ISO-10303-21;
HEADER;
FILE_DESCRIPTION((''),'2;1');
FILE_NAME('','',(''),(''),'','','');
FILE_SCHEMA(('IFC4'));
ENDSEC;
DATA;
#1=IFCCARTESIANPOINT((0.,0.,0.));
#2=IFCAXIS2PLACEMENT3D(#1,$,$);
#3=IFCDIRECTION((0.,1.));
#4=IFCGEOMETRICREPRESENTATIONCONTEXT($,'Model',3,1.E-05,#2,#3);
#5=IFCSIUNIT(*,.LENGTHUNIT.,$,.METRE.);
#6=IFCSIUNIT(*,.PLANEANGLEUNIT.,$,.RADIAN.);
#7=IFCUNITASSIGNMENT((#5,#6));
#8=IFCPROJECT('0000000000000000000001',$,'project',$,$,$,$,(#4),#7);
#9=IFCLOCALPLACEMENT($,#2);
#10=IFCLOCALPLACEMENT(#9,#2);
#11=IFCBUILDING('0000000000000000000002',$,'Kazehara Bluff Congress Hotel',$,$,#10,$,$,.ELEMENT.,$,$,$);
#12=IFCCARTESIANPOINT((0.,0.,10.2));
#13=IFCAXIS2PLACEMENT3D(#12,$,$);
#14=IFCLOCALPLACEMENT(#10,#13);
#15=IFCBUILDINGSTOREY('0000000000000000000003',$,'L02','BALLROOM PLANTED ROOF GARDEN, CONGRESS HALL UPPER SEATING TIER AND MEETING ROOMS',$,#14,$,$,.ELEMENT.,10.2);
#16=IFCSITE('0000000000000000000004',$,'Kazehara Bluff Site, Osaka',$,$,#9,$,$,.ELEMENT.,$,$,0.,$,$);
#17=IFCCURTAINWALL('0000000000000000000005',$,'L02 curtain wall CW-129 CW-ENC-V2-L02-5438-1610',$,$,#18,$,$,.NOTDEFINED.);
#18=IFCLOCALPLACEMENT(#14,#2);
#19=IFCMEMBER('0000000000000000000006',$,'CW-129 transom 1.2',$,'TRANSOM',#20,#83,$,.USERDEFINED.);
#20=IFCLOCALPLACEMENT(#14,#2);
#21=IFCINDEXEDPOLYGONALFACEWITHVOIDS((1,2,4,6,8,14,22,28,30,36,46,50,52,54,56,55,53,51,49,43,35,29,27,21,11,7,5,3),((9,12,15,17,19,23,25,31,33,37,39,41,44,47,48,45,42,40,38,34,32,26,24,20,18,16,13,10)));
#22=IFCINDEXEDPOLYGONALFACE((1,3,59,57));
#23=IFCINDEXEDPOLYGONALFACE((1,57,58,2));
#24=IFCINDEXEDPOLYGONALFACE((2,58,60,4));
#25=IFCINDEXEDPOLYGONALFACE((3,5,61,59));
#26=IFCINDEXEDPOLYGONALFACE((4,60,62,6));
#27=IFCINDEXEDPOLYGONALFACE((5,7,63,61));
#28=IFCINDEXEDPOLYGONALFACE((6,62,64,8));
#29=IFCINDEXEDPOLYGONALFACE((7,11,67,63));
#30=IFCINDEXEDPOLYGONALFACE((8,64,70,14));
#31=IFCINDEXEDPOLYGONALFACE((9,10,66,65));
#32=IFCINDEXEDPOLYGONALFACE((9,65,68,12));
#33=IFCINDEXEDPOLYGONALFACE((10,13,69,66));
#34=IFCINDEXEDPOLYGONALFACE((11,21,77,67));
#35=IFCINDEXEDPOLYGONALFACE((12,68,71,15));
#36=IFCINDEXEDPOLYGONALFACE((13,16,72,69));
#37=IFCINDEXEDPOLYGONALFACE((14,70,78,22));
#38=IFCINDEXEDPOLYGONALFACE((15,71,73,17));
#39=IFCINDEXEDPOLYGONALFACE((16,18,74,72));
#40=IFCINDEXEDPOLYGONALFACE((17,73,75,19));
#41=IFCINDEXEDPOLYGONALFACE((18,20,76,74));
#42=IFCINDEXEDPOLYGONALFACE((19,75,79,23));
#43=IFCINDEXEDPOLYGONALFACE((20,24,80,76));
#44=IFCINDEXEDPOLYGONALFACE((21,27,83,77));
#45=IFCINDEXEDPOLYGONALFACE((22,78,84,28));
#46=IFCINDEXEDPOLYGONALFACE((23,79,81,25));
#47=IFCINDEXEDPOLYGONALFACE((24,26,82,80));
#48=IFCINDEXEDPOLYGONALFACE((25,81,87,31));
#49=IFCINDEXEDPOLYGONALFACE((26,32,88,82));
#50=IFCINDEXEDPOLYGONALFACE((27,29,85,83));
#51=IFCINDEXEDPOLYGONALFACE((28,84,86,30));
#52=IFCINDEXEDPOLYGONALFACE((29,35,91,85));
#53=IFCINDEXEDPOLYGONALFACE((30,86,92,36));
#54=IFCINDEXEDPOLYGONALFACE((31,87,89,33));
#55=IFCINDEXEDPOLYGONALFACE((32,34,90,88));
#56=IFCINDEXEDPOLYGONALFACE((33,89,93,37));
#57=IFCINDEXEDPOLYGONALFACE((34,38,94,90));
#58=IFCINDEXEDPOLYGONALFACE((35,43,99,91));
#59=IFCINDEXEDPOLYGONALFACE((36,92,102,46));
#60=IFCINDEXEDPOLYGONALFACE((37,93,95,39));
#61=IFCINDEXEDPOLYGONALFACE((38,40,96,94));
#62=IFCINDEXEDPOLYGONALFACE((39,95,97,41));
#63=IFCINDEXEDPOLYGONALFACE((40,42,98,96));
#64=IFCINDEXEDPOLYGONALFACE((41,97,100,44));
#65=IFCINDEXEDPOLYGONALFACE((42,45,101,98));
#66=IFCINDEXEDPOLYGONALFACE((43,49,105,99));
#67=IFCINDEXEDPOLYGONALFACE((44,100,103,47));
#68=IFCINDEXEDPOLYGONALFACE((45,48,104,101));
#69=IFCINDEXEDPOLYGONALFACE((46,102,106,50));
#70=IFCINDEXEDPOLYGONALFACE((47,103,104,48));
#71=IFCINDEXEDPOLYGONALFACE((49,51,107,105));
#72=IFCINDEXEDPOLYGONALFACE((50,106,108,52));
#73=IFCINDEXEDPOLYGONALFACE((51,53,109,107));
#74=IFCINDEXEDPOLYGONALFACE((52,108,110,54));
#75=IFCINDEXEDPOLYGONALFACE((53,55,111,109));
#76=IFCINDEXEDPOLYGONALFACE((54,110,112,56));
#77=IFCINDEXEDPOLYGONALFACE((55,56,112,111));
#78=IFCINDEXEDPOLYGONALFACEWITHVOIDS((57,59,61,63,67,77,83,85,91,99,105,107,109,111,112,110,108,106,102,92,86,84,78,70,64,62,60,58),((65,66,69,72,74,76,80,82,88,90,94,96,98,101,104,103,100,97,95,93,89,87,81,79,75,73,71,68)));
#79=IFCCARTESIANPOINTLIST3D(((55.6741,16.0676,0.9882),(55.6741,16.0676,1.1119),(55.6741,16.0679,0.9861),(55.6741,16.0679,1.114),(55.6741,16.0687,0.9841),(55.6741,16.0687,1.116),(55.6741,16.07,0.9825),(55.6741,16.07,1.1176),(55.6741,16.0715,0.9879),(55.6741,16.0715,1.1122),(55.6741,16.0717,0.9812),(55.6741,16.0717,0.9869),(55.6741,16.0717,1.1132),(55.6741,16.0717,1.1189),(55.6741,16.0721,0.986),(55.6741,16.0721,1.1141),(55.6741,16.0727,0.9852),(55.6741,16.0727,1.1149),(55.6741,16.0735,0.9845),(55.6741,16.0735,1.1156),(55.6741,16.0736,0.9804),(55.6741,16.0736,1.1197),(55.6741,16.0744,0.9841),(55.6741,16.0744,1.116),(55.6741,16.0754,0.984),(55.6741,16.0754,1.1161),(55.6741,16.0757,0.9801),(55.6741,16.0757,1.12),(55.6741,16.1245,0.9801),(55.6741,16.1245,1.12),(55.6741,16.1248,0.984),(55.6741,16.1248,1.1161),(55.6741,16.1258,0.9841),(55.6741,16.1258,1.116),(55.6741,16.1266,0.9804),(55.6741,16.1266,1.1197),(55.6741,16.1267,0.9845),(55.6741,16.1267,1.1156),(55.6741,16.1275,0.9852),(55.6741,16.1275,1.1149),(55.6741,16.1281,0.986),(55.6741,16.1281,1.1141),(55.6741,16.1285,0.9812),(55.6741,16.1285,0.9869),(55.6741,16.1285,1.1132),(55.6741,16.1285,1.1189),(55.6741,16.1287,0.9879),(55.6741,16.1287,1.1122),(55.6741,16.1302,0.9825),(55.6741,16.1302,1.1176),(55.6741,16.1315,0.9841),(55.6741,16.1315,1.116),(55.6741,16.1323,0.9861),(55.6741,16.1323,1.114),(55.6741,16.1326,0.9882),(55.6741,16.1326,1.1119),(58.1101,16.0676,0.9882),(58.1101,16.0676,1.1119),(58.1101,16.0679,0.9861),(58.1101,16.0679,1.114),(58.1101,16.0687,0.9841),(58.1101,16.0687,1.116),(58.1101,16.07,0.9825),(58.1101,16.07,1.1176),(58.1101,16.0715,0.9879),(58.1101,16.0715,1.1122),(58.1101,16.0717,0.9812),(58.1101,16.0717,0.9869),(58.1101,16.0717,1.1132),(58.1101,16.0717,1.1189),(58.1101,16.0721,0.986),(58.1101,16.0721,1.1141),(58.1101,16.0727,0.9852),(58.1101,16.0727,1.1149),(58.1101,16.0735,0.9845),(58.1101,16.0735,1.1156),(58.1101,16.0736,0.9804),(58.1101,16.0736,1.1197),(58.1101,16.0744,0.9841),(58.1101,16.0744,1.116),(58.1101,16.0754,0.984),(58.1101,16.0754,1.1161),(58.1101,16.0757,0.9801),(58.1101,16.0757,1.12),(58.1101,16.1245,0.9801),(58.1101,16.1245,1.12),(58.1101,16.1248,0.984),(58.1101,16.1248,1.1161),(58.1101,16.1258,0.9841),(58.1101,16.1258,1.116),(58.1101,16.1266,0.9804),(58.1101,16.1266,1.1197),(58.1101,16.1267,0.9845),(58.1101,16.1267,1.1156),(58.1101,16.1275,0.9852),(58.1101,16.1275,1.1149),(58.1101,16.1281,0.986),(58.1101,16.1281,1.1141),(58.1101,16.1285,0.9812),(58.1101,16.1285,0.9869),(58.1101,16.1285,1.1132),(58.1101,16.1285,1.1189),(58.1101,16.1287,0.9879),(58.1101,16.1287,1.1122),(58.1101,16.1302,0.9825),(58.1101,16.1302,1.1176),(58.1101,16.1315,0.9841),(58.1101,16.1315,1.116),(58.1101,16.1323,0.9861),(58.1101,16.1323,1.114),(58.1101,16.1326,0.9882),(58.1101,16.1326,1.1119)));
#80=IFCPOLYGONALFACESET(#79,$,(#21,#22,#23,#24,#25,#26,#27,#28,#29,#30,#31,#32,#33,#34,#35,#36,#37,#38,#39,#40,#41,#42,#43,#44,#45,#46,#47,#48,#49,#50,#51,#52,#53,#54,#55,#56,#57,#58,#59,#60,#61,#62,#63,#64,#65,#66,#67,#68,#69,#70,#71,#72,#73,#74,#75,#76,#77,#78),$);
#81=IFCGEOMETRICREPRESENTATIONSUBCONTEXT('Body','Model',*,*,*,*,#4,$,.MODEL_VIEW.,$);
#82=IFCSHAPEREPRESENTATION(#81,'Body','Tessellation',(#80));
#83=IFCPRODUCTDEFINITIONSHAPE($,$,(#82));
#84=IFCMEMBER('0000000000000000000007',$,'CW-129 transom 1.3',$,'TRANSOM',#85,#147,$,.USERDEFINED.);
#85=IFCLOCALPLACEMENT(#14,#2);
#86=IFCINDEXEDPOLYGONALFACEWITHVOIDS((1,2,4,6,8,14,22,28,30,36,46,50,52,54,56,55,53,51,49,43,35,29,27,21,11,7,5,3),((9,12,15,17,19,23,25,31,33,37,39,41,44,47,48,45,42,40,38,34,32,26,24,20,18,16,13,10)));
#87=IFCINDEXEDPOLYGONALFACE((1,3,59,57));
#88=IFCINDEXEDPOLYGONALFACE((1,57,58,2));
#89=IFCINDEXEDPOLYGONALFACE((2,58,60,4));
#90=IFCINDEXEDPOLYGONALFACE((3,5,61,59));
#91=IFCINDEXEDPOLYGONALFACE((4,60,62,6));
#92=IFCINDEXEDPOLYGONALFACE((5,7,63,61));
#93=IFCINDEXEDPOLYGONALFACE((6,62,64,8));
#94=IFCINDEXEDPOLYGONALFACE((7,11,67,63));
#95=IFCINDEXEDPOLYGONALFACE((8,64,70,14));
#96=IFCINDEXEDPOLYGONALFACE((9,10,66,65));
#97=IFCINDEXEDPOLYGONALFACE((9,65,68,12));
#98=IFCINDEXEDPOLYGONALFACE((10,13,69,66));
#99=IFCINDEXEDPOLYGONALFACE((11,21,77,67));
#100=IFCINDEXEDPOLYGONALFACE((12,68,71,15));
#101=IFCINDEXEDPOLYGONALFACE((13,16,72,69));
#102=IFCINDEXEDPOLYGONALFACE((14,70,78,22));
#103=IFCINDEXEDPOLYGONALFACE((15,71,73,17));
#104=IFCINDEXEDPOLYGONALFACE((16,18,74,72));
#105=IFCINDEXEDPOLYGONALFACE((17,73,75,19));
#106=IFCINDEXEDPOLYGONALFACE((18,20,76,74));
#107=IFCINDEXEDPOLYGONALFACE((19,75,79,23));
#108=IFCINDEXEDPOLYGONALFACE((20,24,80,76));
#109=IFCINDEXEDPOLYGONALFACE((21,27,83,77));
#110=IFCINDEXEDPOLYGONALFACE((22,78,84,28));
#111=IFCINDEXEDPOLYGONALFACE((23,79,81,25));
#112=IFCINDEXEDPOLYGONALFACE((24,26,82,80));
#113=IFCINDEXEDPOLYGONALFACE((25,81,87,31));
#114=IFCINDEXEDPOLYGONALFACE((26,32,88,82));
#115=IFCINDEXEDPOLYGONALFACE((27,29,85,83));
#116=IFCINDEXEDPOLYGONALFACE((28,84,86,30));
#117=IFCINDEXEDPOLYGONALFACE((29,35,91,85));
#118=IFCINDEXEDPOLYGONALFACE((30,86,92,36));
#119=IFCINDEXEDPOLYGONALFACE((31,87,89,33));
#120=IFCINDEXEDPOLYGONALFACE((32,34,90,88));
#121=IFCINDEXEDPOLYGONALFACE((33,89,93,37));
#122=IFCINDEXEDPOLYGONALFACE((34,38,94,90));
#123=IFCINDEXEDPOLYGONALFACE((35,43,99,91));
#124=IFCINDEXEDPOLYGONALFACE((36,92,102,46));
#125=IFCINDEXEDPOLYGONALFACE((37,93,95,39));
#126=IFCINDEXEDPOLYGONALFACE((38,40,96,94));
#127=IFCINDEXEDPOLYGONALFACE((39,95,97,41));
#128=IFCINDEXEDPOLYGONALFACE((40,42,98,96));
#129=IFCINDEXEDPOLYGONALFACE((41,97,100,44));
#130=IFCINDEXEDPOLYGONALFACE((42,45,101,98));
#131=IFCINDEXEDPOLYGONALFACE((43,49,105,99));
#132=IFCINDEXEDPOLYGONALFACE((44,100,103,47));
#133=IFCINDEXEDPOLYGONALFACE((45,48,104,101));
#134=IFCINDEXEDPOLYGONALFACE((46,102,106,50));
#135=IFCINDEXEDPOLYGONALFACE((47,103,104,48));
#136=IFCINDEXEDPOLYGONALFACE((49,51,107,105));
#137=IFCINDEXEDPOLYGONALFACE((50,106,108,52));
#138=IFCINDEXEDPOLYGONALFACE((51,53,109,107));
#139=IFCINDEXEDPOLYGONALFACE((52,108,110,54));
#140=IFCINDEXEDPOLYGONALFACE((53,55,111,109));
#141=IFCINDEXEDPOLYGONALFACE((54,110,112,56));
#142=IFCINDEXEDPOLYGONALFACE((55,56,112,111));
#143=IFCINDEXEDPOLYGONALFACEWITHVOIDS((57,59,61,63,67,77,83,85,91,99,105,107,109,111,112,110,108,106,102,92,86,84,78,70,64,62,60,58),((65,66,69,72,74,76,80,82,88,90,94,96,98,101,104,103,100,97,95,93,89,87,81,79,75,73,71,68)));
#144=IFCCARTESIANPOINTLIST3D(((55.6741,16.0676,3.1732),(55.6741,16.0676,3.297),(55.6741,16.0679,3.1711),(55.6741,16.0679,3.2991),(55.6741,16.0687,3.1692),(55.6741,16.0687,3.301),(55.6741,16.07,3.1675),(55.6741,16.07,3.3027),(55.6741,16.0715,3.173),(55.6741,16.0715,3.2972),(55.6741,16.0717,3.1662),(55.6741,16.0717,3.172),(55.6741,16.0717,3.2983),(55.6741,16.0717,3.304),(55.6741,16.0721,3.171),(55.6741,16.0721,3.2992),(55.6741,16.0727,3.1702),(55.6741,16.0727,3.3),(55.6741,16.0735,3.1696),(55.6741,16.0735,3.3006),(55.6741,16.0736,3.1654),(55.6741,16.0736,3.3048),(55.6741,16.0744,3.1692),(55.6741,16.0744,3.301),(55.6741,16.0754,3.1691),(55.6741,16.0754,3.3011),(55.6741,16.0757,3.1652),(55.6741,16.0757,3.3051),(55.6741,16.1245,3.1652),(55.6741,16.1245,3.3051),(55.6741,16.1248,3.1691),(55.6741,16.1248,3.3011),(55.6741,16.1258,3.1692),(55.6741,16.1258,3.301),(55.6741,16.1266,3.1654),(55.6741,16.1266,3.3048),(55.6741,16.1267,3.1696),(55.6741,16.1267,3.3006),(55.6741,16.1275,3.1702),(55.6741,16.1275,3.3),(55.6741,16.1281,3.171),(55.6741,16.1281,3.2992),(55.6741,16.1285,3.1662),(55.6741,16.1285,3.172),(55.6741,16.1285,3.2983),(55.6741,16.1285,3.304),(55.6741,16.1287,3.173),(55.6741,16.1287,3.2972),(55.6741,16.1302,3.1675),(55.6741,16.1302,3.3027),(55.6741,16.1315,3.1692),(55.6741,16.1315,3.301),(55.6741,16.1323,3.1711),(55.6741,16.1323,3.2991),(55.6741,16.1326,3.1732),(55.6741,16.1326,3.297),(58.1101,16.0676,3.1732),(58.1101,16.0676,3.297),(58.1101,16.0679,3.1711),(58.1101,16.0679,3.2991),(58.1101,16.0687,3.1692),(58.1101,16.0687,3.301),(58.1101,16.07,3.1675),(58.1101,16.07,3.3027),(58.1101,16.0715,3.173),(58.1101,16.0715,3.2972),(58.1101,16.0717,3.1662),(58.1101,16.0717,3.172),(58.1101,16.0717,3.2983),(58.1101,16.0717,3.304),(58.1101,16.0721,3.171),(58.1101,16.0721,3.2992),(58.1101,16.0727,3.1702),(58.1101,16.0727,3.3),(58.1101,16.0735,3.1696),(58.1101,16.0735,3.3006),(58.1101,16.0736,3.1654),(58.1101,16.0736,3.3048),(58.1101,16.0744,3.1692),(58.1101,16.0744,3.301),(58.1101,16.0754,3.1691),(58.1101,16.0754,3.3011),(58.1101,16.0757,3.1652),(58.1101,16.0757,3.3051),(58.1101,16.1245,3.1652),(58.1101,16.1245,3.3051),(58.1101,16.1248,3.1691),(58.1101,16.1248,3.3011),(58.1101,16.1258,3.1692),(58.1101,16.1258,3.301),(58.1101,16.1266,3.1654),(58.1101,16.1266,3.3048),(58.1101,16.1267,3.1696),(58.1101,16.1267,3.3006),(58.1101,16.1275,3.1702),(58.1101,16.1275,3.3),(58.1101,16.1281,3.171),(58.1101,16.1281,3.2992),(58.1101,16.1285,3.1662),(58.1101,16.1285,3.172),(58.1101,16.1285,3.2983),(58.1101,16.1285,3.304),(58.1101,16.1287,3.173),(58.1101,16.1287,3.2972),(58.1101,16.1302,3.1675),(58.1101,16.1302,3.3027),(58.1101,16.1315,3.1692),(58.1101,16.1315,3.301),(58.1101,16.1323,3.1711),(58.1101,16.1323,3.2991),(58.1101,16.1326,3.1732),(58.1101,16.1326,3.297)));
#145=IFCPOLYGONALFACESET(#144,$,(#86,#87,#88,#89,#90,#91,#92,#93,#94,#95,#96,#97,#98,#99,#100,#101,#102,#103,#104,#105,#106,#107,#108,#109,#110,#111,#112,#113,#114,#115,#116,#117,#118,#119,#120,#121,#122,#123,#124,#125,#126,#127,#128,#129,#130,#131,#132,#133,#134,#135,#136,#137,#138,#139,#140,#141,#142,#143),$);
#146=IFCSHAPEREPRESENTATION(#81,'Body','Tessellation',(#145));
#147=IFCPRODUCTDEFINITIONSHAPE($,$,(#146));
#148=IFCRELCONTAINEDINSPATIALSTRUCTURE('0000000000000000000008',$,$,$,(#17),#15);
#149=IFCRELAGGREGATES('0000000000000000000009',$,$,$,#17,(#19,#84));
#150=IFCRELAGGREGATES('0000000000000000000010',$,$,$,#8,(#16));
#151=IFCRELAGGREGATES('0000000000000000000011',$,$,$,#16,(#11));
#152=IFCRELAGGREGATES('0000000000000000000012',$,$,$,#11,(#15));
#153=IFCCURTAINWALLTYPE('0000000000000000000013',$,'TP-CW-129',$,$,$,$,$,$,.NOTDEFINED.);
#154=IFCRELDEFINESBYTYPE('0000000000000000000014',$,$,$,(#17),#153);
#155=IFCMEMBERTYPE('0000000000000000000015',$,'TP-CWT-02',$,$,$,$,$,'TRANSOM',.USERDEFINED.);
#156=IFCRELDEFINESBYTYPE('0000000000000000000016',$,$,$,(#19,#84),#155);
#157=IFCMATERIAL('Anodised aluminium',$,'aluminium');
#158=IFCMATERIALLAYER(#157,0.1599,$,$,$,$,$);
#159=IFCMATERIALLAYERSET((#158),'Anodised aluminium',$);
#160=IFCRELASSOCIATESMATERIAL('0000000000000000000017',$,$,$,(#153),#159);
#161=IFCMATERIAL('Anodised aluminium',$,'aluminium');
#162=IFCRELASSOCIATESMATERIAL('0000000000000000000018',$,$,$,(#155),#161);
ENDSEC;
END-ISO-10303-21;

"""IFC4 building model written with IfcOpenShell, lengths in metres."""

from ifc_helpers import new_model, si_unit, direction, frame, origin, origin_2d, place, context, subcontext, project, spatial, hollow_rectangle, extrude, material, layer, layer_set, material_profile, profile_set, type_object, element, aggregate, save


model = new_model("IFC4")

# Units and contexts
model_context = context("Model", 3, precision=1e-05, world=origin(), true_north=direction((0.0, 1.0)))
body_context = subcontext(model_context, "Body", "Model", "MODEL_VIEW")
ifc_project = project(units=[si_unit("LENGTHUNIT", "METRE"), si_unit("PLANEANGLEUNIT", "RADIAN")], contexts=[model_context])

# Site, building, storey
site_placement = place(None, origin())
site = spatial("IfcSite", under=ifc_project, at=site_placement, Name="Kazehara Bluff Site, Osaka", CompositionType="ELEMENT", RefElevation=0.0)
building_placement = place(site_placement, origin())
building = spatial("IfcBuilding", under=site, at=building_placement, Name="Kazehara Bluff Congress Hotel", CompositionType="ELEMENT")
storey_placement = place(building_placement, frame((0.0, 0.0, 10.2)))
storey = spatial("IfcBuildingStorey", under=building, at=storey_placement, Name="L02", Description="BALLROOM PLANTED ROOF GARDEN, CONGRESS HALL UPPER SEATING TIER AND MEETING ROOMS", CompositionType="ELEMENT", Elevation=10.2)

# Curtain wall
ifc_material_1 = material(Name="Anodised aluminium", Category="aluminium")
ifc_layer_1 = layer(ifc_material_1, 0.1599)
ifc_layer_set_1 = layer_set([ifc_layer_1], Name="Anodised aluminium")
curtain_wall_type_1 = type_object("IfcCurtainWallType", Name="TP-CW-129", PredefinedType="NOTDEFINED", material=ifc_layer_set_1)
curtain_wall_1_placement = place(storey_placement, origin())
curtain_wall_1 = element("IfcCurtainWall", 1, at=curtain_wall_1_placement, inside=storey, type_object=curtain_wall_type_1, Name="L02 curtain wall CW-129 CW-ENC-V2-L02-5438-1610", PredefinedType="NOTDEFINED")

# Members
ifc_material_2 = material(Name="Anodised aluminium", Category="aluminium")
ifc_material_profile_1 = material_profile(ifc_material_2, hollow_rectangle(XDim=0.0649, YDim=0.1399, WallThickness=0.0039, InnerFilletRadius=0.0039, OuterFilletRadius=0.0081, at=origin_2d()))
ifc_profile_set_1 = profile_set([ifc_material_profile_1], Name="Anodised aluminium")
member_type_1 = type_object("IfcMemberType", Name="TP-CWT-02", ElementType="TRANSOM", PredefinedType="USERDEFINED", material=ifc_profile_set_1)
member_1_placement = place(storey_placement, frame((58.1101, 16.1001, 1.05), z_axis=(-1.0, 0.0, 0.0), x_axis=(0.0, -1.0, 0.0)))
member_1 = element("IfcMember", 2, at=member_1_placement, type_object=member_type_1, Name="CW-129 transom 1.2", ObjectType="TRANSOM", PredefinedType="USERDEFINED", context=body_context, shape_type="SweptSolid", body=[
    extrude(hollow_rectangle(XDim=0.0649, YDim=0.1399, WallThickness=0.0039, InnerFilletRadius=0.0039, OuterFilletRadius=0.0081, at=origin_2d()), origin(), (0.0, 0.0, 1.0), 2.436),
])
member_2_placement = place(storey_placement, frame((58.1101, 16.1001, 3.2351), z_axis=(-1.0, 0.0, 0.0), x_axis=(0.0, -1.0, 0.0)))
member_2 = element("IfcMember", 3, at=member_2_placement, type_object=member_type_1, Name="CW-129 transom 1.3", ObjectType="TRANSOM", PredefinedType="USERDEFINED", context=body_context, shape_type="SweptSolid", body=[
    extrude(hollow_rectangle(XDim=0.0649, YDim=0.1399, WallThickness=0.0039, InnerFilletRadius=0.0039, OuterFilletRadius=0.0081, at=origin_2d()), origin(), (0.0, 0.0, 1.0), 2.436),
])

aggregate(curtain_wall_1, [member_1, member_2])

save(model, "model.ifc")
